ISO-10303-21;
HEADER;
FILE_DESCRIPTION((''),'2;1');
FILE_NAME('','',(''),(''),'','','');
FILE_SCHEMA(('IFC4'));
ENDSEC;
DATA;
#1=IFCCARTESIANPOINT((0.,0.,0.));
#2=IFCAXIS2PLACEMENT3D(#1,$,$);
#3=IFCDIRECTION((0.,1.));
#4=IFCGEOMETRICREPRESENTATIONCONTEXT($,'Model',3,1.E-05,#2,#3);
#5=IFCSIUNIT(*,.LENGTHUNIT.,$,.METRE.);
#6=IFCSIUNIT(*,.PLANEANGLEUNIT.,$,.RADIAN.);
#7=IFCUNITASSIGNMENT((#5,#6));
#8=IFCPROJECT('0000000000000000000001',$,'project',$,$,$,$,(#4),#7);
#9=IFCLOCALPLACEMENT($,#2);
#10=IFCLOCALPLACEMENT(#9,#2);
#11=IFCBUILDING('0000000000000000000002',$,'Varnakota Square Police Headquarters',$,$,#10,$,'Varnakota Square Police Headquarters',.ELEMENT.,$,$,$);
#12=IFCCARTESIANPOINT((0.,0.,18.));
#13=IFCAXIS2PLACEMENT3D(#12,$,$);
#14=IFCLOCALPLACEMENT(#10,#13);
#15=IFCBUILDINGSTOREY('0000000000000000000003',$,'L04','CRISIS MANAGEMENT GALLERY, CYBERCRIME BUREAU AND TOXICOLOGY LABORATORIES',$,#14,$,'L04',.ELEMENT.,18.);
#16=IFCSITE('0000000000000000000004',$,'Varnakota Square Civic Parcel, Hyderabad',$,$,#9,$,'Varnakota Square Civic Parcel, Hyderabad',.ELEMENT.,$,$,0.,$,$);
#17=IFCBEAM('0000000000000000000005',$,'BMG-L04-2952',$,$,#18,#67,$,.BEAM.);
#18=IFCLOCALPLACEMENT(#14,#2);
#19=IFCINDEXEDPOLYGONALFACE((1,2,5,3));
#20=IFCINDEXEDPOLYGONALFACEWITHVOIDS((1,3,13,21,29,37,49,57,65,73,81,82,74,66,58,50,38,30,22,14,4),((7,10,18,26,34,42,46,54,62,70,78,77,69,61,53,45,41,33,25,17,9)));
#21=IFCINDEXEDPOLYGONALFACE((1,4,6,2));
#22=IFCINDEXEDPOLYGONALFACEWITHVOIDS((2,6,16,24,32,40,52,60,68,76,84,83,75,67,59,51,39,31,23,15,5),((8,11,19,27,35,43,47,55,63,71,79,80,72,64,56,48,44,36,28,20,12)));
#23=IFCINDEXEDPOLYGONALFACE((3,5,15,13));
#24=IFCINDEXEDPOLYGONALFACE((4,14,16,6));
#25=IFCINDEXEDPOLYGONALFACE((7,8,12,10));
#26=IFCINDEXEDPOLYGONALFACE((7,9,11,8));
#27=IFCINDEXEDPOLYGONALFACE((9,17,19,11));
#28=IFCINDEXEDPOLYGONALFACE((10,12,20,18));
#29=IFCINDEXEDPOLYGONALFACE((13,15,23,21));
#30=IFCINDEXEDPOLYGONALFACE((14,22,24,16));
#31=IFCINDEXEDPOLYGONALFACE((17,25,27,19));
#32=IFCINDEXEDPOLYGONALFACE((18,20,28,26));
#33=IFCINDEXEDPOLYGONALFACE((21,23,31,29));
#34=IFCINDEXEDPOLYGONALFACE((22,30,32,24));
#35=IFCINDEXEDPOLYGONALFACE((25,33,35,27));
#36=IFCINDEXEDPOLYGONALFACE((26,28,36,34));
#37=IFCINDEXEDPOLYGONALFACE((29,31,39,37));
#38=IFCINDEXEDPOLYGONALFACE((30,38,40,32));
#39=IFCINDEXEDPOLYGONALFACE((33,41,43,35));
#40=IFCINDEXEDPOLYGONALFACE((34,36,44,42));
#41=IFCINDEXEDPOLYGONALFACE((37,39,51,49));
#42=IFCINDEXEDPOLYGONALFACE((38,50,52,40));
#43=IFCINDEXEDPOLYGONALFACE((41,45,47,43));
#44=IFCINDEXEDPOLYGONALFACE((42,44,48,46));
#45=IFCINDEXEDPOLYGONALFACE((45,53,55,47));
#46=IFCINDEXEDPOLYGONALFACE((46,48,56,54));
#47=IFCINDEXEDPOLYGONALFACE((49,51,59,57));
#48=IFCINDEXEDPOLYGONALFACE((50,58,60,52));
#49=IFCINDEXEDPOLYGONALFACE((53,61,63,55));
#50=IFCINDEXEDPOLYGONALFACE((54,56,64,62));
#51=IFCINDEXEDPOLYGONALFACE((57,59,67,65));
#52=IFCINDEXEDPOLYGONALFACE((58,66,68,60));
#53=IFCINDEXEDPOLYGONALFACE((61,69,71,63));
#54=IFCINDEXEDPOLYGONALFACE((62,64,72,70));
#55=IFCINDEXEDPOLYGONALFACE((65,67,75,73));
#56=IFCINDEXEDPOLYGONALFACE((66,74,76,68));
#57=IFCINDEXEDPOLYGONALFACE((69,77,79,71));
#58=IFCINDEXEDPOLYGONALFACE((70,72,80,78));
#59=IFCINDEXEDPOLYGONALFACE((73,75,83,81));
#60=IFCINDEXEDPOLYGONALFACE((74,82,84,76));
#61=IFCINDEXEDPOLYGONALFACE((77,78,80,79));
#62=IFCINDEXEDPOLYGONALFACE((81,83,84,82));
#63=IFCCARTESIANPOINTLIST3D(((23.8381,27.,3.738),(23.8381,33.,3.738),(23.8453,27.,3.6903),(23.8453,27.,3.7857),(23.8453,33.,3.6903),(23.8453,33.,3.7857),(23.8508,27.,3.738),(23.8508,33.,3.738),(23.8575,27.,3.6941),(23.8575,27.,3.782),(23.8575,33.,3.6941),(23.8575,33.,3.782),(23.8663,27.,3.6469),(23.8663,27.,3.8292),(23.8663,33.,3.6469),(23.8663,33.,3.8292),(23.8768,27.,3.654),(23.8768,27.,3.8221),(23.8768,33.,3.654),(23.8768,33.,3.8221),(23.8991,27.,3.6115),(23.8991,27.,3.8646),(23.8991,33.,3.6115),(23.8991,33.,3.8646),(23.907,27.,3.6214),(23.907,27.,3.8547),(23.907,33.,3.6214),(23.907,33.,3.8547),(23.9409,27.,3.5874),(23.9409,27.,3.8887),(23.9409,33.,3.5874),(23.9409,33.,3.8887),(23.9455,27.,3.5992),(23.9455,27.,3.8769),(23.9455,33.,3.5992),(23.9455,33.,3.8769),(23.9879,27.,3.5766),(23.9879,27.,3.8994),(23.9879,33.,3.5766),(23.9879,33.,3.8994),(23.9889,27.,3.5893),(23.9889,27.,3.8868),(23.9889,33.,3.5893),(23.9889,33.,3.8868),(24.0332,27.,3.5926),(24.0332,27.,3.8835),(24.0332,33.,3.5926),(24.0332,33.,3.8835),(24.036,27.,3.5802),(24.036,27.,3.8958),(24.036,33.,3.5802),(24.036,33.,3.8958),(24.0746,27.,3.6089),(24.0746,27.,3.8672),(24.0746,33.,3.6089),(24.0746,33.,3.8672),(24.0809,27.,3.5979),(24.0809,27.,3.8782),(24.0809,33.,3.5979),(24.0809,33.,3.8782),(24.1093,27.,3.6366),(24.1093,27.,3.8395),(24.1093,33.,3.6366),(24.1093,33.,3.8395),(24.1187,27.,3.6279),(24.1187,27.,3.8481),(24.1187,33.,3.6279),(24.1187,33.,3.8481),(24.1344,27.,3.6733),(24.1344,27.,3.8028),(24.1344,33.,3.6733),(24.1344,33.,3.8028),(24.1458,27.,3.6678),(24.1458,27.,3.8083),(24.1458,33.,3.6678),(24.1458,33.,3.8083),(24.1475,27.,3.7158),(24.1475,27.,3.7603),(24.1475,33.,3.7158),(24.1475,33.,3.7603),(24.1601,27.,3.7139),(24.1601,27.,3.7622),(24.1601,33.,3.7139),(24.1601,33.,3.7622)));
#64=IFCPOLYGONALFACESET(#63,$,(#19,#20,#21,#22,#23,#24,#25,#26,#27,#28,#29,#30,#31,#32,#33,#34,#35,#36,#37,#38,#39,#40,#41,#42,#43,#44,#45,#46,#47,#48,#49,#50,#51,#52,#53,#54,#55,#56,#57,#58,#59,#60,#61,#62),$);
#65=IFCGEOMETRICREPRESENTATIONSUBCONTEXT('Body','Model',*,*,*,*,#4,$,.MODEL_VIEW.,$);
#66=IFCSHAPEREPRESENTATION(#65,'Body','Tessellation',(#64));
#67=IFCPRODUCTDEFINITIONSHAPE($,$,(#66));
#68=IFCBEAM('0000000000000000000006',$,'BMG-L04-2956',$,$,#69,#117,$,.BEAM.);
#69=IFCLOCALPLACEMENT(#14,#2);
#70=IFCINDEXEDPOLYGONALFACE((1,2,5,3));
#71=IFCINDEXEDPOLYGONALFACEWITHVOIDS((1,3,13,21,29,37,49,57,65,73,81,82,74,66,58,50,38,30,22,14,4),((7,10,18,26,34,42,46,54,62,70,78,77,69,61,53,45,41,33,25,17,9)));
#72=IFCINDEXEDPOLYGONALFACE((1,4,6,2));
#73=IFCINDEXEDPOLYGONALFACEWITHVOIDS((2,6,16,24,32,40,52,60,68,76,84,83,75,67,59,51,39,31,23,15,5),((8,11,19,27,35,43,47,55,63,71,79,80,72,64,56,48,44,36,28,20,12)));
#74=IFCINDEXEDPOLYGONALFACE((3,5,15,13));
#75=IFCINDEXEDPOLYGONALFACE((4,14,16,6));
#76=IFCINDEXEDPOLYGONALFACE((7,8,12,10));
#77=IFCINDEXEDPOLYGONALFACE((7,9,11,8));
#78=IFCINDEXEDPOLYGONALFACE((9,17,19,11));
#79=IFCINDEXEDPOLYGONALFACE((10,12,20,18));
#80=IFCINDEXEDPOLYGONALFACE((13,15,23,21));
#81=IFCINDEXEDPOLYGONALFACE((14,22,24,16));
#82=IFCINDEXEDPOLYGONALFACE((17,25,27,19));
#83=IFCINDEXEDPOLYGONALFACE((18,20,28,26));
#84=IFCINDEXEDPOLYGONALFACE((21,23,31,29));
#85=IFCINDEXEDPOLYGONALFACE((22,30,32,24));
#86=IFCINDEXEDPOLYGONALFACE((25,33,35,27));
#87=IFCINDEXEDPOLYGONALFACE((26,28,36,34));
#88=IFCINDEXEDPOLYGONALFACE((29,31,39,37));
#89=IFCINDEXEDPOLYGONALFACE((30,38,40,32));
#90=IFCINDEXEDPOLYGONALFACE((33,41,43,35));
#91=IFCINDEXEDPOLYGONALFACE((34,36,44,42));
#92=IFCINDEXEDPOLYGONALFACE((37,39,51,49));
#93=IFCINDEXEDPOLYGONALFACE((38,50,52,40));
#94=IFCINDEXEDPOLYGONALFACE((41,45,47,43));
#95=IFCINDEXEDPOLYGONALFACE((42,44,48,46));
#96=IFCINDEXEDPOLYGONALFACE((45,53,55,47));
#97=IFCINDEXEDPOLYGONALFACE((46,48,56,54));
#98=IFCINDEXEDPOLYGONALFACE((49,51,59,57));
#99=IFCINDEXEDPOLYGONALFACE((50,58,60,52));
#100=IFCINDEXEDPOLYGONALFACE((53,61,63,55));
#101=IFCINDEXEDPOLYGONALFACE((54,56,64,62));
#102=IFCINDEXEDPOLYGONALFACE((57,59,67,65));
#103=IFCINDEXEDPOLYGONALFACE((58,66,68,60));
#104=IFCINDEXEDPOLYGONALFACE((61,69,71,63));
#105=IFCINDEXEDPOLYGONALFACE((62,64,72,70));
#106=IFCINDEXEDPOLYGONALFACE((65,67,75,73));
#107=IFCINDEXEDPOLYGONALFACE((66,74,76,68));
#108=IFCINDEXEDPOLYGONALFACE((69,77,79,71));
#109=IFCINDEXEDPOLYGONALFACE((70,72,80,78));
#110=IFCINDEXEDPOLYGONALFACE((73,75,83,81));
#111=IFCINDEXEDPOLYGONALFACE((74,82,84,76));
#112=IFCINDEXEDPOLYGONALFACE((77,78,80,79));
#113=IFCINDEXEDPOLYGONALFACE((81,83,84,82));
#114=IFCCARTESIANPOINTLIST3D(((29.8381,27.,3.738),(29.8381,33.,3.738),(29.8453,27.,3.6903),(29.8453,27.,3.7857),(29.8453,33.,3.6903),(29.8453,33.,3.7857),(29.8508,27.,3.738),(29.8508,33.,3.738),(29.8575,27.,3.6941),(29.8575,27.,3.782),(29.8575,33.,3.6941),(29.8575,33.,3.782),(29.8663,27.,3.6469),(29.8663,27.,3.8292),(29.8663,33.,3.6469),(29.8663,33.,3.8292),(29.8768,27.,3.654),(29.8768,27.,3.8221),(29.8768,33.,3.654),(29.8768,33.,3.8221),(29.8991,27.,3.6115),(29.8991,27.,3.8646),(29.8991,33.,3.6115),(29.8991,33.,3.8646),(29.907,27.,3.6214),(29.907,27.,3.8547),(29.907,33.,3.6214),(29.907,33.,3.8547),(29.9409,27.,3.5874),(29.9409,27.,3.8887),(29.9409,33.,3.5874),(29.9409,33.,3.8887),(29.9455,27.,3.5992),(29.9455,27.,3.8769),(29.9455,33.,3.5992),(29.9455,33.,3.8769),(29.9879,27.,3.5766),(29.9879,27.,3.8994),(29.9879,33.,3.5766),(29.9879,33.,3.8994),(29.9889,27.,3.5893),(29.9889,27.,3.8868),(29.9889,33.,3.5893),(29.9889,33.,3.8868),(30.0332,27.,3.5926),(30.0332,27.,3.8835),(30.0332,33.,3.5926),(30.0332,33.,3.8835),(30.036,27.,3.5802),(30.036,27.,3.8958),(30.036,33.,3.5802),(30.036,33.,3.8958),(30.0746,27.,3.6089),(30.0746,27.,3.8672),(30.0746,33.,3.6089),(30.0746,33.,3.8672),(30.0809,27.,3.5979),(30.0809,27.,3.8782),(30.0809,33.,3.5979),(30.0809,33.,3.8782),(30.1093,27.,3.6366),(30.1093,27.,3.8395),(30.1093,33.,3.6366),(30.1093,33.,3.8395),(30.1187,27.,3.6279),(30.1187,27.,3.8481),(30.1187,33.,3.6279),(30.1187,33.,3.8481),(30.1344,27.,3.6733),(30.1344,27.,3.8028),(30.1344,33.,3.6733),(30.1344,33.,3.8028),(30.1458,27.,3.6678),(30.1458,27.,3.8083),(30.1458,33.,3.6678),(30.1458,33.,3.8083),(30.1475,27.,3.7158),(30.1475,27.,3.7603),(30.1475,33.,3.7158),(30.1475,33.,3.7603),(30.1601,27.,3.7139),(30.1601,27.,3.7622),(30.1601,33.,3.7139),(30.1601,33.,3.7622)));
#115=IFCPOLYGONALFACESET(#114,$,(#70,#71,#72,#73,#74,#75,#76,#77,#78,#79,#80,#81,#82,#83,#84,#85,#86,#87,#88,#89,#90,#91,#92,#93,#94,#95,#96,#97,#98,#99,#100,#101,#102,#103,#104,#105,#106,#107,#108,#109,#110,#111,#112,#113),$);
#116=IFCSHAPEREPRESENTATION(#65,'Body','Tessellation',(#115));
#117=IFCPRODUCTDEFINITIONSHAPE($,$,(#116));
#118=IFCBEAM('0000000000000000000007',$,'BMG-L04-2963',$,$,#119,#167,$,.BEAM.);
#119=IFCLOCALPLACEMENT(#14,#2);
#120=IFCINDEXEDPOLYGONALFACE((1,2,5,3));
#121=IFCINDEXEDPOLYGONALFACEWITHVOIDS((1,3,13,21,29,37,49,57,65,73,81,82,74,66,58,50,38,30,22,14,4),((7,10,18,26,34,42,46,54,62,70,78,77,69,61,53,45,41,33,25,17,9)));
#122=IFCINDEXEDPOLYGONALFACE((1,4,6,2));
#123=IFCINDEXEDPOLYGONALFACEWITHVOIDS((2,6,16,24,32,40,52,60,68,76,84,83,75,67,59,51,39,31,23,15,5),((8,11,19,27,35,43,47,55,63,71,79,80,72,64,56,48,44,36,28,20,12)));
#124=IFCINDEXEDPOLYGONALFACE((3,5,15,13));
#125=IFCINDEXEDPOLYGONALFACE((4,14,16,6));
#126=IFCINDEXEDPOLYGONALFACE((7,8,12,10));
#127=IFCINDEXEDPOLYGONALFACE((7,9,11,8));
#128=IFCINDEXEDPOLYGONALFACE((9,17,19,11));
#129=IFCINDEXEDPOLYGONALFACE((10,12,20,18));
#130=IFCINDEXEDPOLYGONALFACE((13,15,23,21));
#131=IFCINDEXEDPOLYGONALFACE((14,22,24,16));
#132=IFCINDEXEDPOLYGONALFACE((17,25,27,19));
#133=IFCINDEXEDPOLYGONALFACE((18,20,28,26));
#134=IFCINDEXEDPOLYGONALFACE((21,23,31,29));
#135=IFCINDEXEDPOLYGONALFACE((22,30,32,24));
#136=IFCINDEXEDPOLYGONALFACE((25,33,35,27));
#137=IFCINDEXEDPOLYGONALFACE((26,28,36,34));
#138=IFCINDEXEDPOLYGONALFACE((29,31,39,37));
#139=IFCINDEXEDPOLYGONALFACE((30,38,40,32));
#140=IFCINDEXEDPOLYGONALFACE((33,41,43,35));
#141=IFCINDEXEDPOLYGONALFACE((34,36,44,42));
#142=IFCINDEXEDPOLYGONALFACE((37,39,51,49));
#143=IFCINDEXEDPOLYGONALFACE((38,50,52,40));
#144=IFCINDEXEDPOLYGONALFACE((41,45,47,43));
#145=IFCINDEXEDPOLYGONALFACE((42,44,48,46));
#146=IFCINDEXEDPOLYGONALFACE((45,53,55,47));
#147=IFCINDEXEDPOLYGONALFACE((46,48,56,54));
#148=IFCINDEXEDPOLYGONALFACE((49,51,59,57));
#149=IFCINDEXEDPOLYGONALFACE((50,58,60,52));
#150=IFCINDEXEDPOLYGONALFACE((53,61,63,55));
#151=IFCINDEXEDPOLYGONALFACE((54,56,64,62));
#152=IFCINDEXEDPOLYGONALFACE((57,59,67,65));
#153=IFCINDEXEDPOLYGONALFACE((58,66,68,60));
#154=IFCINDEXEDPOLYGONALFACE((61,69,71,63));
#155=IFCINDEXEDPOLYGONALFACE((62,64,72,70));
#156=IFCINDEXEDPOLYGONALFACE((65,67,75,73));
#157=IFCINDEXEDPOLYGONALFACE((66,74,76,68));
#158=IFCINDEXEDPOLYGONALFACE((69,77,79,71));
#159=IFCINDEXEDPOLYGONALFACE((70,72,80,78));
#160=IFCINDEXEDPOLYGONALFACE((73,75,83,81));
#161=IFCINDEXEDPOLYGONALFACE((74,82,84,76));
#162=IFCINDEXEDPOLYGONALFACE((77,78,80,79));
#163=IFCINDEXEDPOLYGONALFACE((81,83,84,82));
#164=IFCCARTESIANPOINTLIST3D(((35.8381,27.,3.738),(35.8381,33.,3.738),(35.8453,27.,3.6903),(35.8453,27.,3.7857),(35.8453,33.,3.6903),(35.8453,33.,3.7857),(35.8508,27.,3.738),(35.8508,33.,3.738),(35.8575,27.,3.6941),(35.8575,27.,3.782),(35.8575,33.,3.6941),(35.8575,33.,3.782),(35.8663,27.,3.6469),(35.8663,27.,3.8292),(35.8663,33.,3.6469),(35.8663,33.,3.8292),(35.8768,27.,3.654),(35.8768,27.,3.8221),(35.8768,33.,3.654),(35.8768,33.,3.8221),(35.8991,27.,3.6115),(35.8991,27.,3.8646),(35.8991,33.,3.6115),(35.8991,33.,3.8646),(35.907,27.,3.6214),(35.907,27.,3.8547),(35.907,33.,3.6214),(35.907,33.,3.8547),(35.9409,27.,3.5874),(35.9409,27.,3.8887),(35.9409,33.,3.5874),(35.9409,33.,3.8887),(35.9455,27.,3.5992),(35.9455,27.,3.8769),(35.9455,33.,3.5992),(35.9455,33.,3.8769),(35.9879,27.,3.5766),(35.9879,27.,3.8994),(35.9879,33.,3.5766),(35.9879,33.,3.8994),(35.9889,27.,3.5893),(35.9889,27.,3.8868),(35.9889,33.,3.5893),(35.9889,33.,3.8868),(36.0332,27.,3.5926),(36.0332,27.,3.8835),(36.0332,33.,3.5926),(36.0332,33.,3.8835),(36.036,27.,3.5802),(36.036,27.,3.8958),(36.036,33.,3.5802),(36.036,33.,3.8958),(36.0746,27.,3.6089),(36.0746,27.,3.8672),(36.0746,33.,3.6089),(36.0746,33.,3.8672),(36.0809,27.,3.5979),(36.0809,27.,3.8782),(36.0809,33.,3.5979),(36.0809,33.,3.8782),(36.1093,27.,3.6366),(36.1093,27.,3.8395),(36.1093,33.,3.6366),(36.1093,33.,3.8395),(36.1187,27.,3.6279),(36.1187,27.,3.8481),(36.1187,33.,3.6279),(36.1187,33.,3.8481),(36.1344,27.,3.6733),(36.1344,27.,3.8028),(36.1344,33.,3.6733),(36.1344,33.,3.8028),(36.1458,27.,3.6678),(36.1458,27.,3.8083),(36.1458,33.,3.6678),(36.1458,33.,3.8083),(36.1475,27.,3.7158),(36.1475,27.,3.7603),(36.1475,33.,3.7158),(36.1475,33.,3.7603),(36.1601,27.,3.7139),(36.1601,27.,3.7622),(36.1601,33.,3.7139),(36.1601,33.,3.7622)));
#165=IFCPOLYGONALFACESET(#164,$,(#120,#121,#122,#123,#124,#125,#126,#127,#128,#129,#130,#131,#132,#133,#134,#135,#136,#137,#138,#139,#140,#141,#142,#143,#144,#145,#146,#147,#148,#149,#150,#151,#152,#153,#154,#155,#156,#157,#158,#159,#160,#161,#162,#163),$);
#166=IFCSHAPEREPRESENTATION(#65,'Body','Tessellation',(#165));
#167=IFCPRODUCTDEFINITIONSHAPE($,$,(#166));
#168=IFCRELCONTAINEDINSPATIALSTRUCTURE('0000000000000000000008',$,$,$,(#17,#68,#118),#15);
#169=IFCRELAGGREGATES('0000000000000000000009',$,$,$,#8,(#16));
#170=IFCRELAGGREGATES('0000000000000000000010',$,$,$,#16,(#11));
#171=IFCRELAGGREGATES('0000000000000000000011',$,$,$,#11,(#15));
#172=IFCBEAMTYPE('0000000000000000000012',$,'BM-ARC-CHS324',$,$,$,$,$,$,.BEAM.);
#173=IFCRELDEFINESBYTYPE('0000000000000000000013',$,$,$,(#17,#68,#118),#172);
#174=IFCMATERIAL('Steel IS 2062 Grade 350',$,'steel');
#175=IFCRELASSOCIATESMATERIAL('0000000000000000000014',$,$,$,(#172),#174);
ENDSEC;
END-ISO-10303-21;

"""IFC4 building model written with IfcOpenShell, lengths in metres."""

from ifc_helpers import new_model, si_unit, direction, frame, origin, origin_2d, place, context, subcontext, project, spatial, hollow_circle, extrude, material, material_profile, profile_set, type_object, element, save


model = new_model("IFC4")

# Units and contexts
model_context = context("Model", 3, precision=1e-05, world=origin(), true_north=direction((0.0, 1.0)))
body_context = subcontext(model_context, "Body", "Model", "MODEL_VIEW")
ifc_project = project(units=[si_unit("LENGTHUNIT", "METRE"), si_unit("PLANEANGLEUNIT", "RADIAN")], contexts=[model_context])

# Site, building, storey
site_placement = place(None, origin())
site = spatial("IfcSite", under=ifc_project, at=site_placement, Name="Varnakota Square Civic Parcel, Hyderabad", LongName="Varnakota Square Civic Parcel, Hyderabad", CompositionType="ELEMENT", RefElevation=0.0)
building_placement = place(site_placement, origin())
building = spatial("IfcBuilding", under=site, at=building_placement, Name="Varnakota Square Police Headquarters", LongName="Varnakota Square Police Headquarters", CompositionType="ELEMENT")
storey_placement = place(building_placement, frame((0.0, 0.0, 18.0)))
storey = spatial("IfcBuildingStorey", under=building, at=storey_placement, Name="L04", Description="CRISIS MANAGEMENT GALLERY, CYBERCRIME BUREAU AND TOXICOLOGY LABORATORIES", LongName="L04", CompositionType="ELEMENT", Elevation=18.0)

# Shared definitions
ifc_material = material(Name="Steel IS 2062 Grade 350", Category="steel")

# Beams
ifc_material_profile_1 = material_profile(ifc_material, hollow_circle(Radius=0.1619, WallThickness=0.0127, at=origin_2d()), Name="CHS 323.9x12.7")
ifc_profile_set_1 = profile_set([ifc_material_profile_1], Name="Steel IS 2062 Grade 350")
beam_type_1 = type_object("IfcBeamType", Name="BM-ARC-CHS324", PredefinedType="BEAM", material=ifc_profile_set_1)
for number, where, z_axis, x_axis, name in (
    (1, (24.0, 27.0, 3.738), (0.0, 1.0, 0.0), (-1.0, 0.0, 0.0), "BMG-L04-2952"),
    (2, (30.0, 27.0, 3.738), (0.0, 1.0, 0.0), (-1.0, 0.0, 0.0), "BMG-L04-2956"),
    (3, (36.0, 27.0, 3.738), (0.0, 1.0, 0.0), (-1.0, 0.0, 0.0), "BMG-L04-2963"),
):
    element("IfcBeam", number, at=place(storey_placement, frame(where, z_axis=z_axis, x_axis=x_axis)), inside=storey, type_object=beam_type_1, Name=name, PredefinedType="BEAM", context=body_context, shape_type="SweptSolid", body=[
        extrude(hollow_circle(Radius=0.1619, WallThickness=0.0127, at=origin_2d()), origin(), (0.0, 0.0, 1.0), 6.0),
    ])

save(model, "model.ifc")
